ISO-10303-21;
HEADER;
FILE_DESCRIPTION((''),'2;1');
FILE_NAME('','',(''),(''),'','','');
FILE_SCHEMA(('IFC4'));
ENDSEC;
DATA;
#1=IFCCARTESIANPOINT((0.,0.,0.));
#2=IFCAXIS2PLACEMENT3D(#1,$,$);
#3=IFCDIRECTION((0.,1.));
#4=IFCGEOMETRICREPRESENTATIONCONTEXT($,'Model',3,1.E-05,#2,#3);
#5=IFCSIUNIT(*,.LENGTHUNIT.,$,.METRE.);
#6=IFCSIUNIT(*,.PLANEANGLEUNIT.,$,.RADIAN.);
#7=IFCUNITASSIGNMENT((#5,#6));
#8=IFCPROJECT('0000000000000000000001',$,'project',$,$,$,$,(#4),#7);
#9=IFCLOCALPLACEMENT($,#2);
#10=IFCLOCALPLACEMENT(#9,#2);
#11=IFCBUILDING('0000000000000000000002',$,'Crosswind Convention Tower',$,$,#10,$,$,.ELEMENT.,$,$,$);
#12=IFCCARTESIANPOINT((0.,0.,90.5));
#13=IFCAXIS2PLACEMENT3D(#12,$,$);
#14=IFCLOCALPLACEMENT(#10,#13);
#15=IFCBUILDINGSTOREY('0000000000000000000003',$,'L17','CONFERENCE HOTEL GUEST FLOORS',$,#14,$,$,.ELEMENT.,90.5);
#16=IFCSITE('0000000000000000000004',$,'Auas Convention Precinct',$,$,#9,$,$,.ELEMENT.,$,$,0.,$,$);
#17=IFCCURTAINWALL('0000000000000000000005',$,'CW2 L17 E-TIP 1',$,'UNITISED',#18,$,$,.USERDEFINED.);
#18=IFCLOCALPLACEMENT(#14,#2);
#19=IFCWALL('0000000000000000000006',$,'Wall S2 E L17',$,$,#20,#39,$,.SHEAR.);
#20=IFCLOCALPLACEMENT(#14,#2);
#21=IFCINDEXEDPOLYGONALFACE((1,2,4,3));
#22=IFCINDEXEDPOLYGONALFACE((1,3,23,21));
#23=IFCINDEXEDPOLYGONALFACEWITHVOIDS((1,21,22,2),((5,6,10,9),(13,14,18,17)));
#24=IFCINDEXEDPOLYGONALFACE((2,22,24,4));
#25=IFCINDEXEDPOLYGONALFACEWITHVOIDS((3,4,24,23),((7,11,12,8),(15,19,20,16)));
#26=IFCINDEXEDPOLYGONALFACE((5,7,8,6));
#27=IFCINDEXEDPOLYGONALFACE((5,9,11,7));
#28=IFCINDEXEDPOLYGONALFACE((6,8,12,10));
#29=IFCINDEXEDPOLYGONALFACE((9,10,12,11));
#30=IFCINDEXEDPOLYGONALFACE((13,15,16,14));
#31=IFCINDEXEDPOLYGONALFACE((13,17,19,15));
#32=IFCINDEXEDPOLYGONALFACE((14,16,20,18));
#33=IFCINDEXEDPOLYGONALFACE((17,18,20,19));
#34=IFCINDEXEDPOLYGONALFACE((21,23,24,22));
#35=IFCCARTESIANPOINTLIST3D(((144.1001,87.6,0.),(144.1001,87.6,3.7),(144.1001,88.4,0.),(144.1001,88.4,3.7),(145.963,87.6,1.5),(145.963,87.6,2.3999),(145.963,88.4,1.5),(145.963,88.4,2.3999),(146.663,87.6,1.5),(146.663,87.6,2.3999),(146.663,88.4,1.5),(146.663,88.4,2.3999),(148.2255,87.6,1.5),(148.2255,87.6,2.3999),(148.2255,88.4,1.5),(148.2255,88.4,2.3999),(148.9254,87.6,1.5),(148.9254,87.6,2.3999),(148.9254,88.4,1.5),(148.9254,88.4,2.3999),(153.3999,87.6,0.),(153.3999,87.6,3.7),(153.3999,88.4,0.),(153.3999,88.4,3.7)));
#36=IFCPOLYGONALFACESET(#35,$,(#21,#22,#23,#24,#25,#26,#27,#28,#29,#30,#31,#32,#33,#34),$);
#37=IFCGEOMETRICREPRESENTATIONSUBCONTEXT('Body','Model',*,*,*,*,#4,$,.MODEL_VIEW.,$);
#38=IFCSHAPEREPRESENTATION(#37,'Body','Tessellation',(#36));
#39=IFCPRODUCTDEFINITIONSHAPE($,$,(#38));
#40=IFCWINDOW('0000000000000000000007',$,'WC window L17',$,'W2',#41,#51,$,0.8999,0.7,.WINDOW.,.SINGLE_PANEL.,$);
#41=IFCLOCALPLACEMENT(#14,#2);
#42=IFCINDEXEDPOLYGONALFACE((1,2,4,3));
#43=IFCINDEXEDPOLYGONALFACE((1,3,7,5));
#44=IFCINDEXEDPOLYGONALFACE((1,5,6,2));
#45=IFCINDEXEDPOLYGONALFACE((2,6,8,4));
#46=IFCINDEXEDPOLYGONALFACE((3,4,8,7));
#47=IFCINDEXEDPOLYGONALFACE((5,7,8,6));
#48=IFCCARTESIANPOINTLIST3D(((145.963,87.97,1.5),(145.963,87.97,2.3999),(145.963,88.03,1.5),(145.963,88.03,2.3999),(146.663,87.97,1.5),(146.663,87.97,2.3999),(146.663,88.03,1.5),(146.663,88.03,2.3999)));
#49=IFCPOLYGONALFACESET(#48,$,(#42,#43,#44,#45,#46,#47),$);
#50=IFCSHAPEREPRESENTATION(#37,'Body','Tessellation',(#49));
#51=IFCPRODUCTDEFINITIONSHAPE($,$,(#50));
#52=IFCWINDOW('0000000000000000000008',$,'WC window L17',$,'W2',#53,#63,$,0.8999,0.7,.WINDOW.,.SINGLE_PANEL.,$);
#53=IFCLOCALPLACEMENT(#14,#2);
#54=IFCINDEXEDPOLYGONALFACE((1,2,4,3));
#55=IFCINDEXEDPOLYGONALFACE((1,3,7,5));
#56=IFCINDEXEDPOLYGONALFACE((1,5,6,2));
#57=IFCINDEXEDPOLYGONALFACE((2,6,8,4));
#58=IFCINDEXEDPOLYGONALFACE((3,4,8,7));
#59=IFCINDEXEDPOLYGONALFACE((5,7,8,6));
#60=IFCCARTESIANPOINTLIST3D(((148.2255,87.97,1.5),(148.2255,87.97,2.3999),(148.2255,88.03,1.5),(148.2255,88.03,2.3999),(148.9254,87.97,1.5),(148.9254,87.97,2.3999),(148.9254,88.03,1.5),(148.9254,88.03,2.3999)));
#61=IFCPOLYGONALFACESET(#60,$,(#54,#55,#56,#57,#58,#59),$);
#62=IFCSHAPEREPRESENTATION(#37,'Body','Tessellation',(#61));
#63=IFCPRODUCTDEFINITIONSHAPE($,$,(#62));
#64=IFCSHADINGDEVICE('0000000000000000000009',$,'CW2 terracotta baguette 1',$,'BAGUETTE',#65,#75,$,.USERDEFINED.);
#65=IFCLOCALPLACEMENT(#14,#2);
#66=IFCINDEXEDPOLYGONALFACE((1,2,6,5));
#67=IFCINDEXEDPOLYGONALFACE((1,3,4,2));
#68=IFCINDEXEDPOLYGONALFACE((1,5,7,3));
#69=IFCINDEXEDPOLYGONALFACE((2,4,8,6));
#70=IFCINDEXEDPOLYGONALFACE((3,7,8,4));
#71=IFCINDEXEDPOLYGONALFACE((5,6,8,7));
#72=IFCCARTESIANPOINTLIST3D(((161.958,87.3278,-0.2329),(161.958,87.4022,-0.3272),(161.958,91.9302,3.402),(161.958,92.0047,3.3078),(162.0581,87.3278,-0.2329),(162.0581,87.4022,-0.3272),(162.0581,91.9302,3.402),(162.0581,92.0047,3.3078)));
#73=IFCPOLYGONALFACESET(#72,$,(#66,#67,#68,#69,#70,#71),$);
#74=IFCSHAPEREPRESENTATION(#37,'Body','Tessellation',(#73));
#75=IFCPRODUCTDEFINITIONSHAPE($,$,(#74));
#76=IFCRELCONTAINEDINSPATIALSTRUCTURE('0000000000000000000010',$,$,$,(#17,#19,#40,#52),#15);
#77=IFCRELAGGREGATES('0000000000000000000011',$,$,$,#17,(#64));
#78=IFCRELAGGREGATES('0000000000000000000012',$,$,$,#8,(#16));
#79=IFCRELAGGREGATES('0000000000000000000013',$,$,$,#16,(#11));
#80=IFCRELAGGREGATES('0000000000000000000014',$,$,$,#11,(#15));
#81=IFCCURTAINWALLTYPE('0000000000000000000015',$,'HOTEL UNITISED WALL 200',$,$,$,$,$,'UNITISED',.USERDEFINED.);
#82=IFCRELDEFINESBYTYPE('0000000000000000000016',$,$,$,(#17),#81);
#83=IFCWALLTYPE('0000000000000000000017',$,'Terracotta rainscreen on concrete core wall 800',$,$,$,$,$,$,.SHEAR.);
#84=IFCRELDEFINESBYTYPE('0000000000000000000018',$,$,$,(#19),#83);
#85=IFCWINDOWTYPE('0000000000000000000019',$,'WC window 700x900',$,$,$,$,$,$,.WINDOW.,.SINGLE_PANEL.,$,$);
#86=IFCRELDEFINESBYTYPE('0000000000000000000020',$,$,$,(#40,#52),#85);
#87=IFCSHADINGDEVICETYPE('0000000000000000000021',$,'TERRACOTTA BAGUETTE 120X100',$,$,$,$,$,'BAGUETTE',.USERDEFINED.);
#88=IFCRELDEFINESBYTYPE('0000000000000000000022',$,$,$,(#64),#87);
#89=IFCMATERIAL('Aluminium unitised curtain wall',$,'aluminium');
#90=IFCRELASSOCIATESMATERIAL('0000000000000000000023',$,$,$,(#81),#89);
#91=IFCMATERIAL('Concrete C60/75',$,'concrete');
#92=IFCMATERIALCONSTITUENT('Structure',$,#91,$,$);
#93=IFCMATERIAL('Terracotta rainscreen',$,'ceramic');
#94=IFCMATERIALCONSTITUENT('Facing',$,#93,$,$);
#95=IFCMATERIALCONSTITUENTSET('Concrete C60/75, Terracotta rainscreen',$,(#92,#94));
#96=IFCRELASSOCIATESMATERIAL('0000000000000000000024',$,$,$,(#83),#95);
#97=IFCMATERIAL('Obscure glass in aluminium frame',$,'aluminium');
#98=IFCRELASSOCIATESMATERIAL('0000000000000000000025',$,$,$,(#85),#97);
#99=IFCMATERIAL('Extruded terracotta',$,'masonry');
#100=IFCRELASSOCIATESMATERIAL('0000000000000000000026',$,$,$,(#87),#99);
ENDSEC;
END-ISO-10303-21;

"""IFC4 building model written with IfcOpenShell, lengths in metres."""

from ifc_helpers import new_model, si_unit, direction, frame, frame_2d, origin, origin_2d, place, context, subcontext, project, spatial, rectangle, extrude, material, constituent, constituent_set, material_profile, profile_set, type_object, element, fill, aggregate, save


model = new_model("IFC4")

# Units and contexts
model_context = context("Model", 3, precision=1e-05, world=origin(), true_north=direction((0.0, 1.0)))
body_context = subcontext(model_context, "Body", "Model", "MODEL_VIEW")
ifc_project = project(units=[si_unit("LENGTHUNIT", "METRE"), si_unit("PLANEANGLEUNIT", "RADIAN")], contexts=[model_context])

# Site, building, storey
site_placement = place(None, origin())
site = spatial("IfcSite", under=ifc_project, at=site_placement, Name="Auas Convention Precinct", CompositionType="ELEMENT", RefElevation=0.0)
building_placement = place(site_placement, origin())
building = spatial("IfcBuilding", under=site, at=building_placement, Name="Crosswind Convention Tower", CompositionType="ELEMENT")
storey_placement = place(building_placement, frame((0.0, 0.0, 90.5)))
storey = spatial("IfcBuildingStorey", under=building, at=storey_placement, Name="L17", Description="CONFERENCE HOTEL GUEST FLOORS", CompositionType="ELEMENT", Elevation=90.5)

# Shared definitions
ifc_material_1 = material(Name="Concrete C60/75", Category="concrete")

# Shared definitions
ifc_material_2 = material(Name="Aluminium unitised curtain wall", Category="aluminium")

# Curtain wall
curtain_wall_type_1 = type_object("IfcCurtainWallType", Name="HOTEL UNITISED WALL 200", ElementType="UNITISED", PredefinedType="USERDEFINED", material=ifc_material_2)
curtain_wall_1_placement = place(storey_placement, origin())
curtain_wall_1 = element("IfcCurtainWall", 1, at=curtain_wall_1_placement, inside=storey, type_object=curtain_wall_type_1, Name="CW2 L17 E-TIP 1", ObjectType="UNITISED", PredefinedType="USERDEFINED")

# Wall, openings, windows
ifc_constituent_1 = constituent(ifc_material_1, Name="Structure")
ifc_material_3 = material(Name="Terracotta rainscreen", Category="ceramic")
ifc_constituent_2 = constituent(ifc_material_3, Name="Facing")
ifc_constituent_set = constituent_set(constituents=[ifc_constituent_1, ifc_constituent_2], Name="Concrete C60/75, Terracotta rainscreen")
wall_type_1 = type_object("IfcWallType", Name="Terracotta rainscreen on concrete core wall 800", PredefinedType="SHEAR", material=ifc_constituent_set)
wall_1_placement = place(storey_placement, frame((144.1001, 88.0, 0.0), z_axis=(0.0, 0.0, 1.0), x_axis=(1.0, 0.0, 0.0)))
wall_1 = element("IfcWall", 2, at=wall_1_placement, inside=storey, type_object=wall_type_1, Name="Wall S2 E L17", PredefinedType="SHEAR", context=body_context, shape_type="SweptSolid", body=[
    extrude(rectangle(XDim=9.2998, YDim=0.8, at=frame_2d((4.6499, 0.0))), origin(), (0.0, 0.0, 1.0), 3.7),
])
opening_1_placement = place(wall_1_placement, frame((1.8628, 0.0, 1.5)))
opening_1 = element("IfcOpeningElement", 3, at=opening_1_placement, cuts=wall_1, PredefinedType="OPENING", context=body_context, shape_type="SweptSolid", body=[
    extrude(rectangle(XDim=0.7, YDim=0.8999, at=frame_2d((0.3501, 0.45))), frame((0.0, 0.4099, 0.0), z_axis=(0.0, -1.0, 0.0), x_axis=(1.0, 0.0, 0.0)), (0.0, 0.0, 1.0), 0.8201),
])
opening_2_placement = place(wall_1_placement, frame((4.1252, 0.0, 1.5)))
opening_2 = element("IfcOpeningElement", 4, at=opening_2_placement, cuts=wall_1, PredefinedType="OPENING", context=body_context, shape_type="SweptSolid", body=[
    extrude(rectangle(XDim=0.7, YDim=0.8999, at=frame_2d((0.3501, 0.45))), frame((0.0, 0.4099, 0.0), z_axis=(0.0, -1.0, 0.0), x_axis=(1.0, 0.0, 0.0)), (0.0, 0.0, 1.0), 0.8201),
])
ifc_material_4 = material(Name="Obscure glass in aluminium frame", Category="aluminium")
window_type = type_object("IfcWindowType", Name="WC window 700x900", PartitioningType="SINGLE_PANEL", PredefinedType="WINDOW", material=ifc_material_4)
window_1_placement = place(opening_1_placement, origin())
window_1 = element("IfcWindow", 5, at=window_1_placement, inside=storey, type_object=window_type, Name="WC window L17", ObjectType="W2", OverallHeight=0.8999, OverallWidth=0.7, PartitioningType="SINGLE_PANEL", PredefinedType="WINDOW", context=body_context, shape_type="SweptSolid", body=[
    extrude(rectangle(XDim=0.7, YDim=0.8999, at=frame_2d((0.3501, 0.45))), frame((0.0, 0.03, 0.0), z_axis=(0.0, -1.0, 0.0), x_axis=(1.0, 0.0, 0.0)), (0.0, 0.0, 1.0), 0.0601),
])
fill(opening_1, window_1)
window_2_placement = place(opening_2_placement, origin())
window_2 = element("IfcWindow", 6, at=window_2_placement, inside=storey, type_object=window_type, Name="WC window L17", ObjectType="W2", OverallHeight=0.8999, OverallWidth=0.7, PartitioningType="SINGLE_PANEL", PredefinedType="WINDOW", context=body_context, shape_type="SweptSolid", body=[
    extrude(rectangle(XDim=0.7, YDim=0.8999, at=frame_2d((0.3501, 0.45))), frame((0.0, 0.03, 0.0), z_axis=(0.0, -1.0, 0.0), x_axis=(1.0, 0.0, 0.0)), (0.0, 0.0, 1.0), 0.0601),
])
fill(opening_2, window_2)

# Shading device
ifc_material_5 = material(Name="Extruded terracotta", Category="masonry")
ifc_material_profile_1 = material_profile(ifc_material_5, rectangle(XDim=0.1001, YDim=0.1201, at=origin_2d()), Name="TC 100X120")
ifc_profile_set_1 = profile_set([ifc_material_profile_1], Name="Extruded terracotta")
shading_device_type = type_object("IfcShadingDeviceType", Name="TERRACOTTA BAGUETTE 120X100", ElementType="BAGUETTE", PredefinedType="USERDEFINED", material=ifc_profile_set_1)
shading_device_placement = place(storey_placement, frame((162.0081, 87.365, -0.28), z_axis=(0.0, 0.784764, 0.619794), x_axis=(-1.0, 0.0, 0.0)))
shading_device = element("IfcShadingDevice", 7, at=shading_device_placement, type_object=shading_device_type, Name="CW2 terracotta baguette 1", ObjectType="BAGUETTE", PredefinedType="USERDEFINED", context=body_context, shape_type="SweptSolid", body=[
    extrude(rectangle(XDim=0.1001, YDim=0.1201, at=origin_2d()), origin(), (0.0, 0.0, 1.0), 5.8647),
])
aggregate(curtain_wall_1, [shading_device])

save(model, "model.ifc")
